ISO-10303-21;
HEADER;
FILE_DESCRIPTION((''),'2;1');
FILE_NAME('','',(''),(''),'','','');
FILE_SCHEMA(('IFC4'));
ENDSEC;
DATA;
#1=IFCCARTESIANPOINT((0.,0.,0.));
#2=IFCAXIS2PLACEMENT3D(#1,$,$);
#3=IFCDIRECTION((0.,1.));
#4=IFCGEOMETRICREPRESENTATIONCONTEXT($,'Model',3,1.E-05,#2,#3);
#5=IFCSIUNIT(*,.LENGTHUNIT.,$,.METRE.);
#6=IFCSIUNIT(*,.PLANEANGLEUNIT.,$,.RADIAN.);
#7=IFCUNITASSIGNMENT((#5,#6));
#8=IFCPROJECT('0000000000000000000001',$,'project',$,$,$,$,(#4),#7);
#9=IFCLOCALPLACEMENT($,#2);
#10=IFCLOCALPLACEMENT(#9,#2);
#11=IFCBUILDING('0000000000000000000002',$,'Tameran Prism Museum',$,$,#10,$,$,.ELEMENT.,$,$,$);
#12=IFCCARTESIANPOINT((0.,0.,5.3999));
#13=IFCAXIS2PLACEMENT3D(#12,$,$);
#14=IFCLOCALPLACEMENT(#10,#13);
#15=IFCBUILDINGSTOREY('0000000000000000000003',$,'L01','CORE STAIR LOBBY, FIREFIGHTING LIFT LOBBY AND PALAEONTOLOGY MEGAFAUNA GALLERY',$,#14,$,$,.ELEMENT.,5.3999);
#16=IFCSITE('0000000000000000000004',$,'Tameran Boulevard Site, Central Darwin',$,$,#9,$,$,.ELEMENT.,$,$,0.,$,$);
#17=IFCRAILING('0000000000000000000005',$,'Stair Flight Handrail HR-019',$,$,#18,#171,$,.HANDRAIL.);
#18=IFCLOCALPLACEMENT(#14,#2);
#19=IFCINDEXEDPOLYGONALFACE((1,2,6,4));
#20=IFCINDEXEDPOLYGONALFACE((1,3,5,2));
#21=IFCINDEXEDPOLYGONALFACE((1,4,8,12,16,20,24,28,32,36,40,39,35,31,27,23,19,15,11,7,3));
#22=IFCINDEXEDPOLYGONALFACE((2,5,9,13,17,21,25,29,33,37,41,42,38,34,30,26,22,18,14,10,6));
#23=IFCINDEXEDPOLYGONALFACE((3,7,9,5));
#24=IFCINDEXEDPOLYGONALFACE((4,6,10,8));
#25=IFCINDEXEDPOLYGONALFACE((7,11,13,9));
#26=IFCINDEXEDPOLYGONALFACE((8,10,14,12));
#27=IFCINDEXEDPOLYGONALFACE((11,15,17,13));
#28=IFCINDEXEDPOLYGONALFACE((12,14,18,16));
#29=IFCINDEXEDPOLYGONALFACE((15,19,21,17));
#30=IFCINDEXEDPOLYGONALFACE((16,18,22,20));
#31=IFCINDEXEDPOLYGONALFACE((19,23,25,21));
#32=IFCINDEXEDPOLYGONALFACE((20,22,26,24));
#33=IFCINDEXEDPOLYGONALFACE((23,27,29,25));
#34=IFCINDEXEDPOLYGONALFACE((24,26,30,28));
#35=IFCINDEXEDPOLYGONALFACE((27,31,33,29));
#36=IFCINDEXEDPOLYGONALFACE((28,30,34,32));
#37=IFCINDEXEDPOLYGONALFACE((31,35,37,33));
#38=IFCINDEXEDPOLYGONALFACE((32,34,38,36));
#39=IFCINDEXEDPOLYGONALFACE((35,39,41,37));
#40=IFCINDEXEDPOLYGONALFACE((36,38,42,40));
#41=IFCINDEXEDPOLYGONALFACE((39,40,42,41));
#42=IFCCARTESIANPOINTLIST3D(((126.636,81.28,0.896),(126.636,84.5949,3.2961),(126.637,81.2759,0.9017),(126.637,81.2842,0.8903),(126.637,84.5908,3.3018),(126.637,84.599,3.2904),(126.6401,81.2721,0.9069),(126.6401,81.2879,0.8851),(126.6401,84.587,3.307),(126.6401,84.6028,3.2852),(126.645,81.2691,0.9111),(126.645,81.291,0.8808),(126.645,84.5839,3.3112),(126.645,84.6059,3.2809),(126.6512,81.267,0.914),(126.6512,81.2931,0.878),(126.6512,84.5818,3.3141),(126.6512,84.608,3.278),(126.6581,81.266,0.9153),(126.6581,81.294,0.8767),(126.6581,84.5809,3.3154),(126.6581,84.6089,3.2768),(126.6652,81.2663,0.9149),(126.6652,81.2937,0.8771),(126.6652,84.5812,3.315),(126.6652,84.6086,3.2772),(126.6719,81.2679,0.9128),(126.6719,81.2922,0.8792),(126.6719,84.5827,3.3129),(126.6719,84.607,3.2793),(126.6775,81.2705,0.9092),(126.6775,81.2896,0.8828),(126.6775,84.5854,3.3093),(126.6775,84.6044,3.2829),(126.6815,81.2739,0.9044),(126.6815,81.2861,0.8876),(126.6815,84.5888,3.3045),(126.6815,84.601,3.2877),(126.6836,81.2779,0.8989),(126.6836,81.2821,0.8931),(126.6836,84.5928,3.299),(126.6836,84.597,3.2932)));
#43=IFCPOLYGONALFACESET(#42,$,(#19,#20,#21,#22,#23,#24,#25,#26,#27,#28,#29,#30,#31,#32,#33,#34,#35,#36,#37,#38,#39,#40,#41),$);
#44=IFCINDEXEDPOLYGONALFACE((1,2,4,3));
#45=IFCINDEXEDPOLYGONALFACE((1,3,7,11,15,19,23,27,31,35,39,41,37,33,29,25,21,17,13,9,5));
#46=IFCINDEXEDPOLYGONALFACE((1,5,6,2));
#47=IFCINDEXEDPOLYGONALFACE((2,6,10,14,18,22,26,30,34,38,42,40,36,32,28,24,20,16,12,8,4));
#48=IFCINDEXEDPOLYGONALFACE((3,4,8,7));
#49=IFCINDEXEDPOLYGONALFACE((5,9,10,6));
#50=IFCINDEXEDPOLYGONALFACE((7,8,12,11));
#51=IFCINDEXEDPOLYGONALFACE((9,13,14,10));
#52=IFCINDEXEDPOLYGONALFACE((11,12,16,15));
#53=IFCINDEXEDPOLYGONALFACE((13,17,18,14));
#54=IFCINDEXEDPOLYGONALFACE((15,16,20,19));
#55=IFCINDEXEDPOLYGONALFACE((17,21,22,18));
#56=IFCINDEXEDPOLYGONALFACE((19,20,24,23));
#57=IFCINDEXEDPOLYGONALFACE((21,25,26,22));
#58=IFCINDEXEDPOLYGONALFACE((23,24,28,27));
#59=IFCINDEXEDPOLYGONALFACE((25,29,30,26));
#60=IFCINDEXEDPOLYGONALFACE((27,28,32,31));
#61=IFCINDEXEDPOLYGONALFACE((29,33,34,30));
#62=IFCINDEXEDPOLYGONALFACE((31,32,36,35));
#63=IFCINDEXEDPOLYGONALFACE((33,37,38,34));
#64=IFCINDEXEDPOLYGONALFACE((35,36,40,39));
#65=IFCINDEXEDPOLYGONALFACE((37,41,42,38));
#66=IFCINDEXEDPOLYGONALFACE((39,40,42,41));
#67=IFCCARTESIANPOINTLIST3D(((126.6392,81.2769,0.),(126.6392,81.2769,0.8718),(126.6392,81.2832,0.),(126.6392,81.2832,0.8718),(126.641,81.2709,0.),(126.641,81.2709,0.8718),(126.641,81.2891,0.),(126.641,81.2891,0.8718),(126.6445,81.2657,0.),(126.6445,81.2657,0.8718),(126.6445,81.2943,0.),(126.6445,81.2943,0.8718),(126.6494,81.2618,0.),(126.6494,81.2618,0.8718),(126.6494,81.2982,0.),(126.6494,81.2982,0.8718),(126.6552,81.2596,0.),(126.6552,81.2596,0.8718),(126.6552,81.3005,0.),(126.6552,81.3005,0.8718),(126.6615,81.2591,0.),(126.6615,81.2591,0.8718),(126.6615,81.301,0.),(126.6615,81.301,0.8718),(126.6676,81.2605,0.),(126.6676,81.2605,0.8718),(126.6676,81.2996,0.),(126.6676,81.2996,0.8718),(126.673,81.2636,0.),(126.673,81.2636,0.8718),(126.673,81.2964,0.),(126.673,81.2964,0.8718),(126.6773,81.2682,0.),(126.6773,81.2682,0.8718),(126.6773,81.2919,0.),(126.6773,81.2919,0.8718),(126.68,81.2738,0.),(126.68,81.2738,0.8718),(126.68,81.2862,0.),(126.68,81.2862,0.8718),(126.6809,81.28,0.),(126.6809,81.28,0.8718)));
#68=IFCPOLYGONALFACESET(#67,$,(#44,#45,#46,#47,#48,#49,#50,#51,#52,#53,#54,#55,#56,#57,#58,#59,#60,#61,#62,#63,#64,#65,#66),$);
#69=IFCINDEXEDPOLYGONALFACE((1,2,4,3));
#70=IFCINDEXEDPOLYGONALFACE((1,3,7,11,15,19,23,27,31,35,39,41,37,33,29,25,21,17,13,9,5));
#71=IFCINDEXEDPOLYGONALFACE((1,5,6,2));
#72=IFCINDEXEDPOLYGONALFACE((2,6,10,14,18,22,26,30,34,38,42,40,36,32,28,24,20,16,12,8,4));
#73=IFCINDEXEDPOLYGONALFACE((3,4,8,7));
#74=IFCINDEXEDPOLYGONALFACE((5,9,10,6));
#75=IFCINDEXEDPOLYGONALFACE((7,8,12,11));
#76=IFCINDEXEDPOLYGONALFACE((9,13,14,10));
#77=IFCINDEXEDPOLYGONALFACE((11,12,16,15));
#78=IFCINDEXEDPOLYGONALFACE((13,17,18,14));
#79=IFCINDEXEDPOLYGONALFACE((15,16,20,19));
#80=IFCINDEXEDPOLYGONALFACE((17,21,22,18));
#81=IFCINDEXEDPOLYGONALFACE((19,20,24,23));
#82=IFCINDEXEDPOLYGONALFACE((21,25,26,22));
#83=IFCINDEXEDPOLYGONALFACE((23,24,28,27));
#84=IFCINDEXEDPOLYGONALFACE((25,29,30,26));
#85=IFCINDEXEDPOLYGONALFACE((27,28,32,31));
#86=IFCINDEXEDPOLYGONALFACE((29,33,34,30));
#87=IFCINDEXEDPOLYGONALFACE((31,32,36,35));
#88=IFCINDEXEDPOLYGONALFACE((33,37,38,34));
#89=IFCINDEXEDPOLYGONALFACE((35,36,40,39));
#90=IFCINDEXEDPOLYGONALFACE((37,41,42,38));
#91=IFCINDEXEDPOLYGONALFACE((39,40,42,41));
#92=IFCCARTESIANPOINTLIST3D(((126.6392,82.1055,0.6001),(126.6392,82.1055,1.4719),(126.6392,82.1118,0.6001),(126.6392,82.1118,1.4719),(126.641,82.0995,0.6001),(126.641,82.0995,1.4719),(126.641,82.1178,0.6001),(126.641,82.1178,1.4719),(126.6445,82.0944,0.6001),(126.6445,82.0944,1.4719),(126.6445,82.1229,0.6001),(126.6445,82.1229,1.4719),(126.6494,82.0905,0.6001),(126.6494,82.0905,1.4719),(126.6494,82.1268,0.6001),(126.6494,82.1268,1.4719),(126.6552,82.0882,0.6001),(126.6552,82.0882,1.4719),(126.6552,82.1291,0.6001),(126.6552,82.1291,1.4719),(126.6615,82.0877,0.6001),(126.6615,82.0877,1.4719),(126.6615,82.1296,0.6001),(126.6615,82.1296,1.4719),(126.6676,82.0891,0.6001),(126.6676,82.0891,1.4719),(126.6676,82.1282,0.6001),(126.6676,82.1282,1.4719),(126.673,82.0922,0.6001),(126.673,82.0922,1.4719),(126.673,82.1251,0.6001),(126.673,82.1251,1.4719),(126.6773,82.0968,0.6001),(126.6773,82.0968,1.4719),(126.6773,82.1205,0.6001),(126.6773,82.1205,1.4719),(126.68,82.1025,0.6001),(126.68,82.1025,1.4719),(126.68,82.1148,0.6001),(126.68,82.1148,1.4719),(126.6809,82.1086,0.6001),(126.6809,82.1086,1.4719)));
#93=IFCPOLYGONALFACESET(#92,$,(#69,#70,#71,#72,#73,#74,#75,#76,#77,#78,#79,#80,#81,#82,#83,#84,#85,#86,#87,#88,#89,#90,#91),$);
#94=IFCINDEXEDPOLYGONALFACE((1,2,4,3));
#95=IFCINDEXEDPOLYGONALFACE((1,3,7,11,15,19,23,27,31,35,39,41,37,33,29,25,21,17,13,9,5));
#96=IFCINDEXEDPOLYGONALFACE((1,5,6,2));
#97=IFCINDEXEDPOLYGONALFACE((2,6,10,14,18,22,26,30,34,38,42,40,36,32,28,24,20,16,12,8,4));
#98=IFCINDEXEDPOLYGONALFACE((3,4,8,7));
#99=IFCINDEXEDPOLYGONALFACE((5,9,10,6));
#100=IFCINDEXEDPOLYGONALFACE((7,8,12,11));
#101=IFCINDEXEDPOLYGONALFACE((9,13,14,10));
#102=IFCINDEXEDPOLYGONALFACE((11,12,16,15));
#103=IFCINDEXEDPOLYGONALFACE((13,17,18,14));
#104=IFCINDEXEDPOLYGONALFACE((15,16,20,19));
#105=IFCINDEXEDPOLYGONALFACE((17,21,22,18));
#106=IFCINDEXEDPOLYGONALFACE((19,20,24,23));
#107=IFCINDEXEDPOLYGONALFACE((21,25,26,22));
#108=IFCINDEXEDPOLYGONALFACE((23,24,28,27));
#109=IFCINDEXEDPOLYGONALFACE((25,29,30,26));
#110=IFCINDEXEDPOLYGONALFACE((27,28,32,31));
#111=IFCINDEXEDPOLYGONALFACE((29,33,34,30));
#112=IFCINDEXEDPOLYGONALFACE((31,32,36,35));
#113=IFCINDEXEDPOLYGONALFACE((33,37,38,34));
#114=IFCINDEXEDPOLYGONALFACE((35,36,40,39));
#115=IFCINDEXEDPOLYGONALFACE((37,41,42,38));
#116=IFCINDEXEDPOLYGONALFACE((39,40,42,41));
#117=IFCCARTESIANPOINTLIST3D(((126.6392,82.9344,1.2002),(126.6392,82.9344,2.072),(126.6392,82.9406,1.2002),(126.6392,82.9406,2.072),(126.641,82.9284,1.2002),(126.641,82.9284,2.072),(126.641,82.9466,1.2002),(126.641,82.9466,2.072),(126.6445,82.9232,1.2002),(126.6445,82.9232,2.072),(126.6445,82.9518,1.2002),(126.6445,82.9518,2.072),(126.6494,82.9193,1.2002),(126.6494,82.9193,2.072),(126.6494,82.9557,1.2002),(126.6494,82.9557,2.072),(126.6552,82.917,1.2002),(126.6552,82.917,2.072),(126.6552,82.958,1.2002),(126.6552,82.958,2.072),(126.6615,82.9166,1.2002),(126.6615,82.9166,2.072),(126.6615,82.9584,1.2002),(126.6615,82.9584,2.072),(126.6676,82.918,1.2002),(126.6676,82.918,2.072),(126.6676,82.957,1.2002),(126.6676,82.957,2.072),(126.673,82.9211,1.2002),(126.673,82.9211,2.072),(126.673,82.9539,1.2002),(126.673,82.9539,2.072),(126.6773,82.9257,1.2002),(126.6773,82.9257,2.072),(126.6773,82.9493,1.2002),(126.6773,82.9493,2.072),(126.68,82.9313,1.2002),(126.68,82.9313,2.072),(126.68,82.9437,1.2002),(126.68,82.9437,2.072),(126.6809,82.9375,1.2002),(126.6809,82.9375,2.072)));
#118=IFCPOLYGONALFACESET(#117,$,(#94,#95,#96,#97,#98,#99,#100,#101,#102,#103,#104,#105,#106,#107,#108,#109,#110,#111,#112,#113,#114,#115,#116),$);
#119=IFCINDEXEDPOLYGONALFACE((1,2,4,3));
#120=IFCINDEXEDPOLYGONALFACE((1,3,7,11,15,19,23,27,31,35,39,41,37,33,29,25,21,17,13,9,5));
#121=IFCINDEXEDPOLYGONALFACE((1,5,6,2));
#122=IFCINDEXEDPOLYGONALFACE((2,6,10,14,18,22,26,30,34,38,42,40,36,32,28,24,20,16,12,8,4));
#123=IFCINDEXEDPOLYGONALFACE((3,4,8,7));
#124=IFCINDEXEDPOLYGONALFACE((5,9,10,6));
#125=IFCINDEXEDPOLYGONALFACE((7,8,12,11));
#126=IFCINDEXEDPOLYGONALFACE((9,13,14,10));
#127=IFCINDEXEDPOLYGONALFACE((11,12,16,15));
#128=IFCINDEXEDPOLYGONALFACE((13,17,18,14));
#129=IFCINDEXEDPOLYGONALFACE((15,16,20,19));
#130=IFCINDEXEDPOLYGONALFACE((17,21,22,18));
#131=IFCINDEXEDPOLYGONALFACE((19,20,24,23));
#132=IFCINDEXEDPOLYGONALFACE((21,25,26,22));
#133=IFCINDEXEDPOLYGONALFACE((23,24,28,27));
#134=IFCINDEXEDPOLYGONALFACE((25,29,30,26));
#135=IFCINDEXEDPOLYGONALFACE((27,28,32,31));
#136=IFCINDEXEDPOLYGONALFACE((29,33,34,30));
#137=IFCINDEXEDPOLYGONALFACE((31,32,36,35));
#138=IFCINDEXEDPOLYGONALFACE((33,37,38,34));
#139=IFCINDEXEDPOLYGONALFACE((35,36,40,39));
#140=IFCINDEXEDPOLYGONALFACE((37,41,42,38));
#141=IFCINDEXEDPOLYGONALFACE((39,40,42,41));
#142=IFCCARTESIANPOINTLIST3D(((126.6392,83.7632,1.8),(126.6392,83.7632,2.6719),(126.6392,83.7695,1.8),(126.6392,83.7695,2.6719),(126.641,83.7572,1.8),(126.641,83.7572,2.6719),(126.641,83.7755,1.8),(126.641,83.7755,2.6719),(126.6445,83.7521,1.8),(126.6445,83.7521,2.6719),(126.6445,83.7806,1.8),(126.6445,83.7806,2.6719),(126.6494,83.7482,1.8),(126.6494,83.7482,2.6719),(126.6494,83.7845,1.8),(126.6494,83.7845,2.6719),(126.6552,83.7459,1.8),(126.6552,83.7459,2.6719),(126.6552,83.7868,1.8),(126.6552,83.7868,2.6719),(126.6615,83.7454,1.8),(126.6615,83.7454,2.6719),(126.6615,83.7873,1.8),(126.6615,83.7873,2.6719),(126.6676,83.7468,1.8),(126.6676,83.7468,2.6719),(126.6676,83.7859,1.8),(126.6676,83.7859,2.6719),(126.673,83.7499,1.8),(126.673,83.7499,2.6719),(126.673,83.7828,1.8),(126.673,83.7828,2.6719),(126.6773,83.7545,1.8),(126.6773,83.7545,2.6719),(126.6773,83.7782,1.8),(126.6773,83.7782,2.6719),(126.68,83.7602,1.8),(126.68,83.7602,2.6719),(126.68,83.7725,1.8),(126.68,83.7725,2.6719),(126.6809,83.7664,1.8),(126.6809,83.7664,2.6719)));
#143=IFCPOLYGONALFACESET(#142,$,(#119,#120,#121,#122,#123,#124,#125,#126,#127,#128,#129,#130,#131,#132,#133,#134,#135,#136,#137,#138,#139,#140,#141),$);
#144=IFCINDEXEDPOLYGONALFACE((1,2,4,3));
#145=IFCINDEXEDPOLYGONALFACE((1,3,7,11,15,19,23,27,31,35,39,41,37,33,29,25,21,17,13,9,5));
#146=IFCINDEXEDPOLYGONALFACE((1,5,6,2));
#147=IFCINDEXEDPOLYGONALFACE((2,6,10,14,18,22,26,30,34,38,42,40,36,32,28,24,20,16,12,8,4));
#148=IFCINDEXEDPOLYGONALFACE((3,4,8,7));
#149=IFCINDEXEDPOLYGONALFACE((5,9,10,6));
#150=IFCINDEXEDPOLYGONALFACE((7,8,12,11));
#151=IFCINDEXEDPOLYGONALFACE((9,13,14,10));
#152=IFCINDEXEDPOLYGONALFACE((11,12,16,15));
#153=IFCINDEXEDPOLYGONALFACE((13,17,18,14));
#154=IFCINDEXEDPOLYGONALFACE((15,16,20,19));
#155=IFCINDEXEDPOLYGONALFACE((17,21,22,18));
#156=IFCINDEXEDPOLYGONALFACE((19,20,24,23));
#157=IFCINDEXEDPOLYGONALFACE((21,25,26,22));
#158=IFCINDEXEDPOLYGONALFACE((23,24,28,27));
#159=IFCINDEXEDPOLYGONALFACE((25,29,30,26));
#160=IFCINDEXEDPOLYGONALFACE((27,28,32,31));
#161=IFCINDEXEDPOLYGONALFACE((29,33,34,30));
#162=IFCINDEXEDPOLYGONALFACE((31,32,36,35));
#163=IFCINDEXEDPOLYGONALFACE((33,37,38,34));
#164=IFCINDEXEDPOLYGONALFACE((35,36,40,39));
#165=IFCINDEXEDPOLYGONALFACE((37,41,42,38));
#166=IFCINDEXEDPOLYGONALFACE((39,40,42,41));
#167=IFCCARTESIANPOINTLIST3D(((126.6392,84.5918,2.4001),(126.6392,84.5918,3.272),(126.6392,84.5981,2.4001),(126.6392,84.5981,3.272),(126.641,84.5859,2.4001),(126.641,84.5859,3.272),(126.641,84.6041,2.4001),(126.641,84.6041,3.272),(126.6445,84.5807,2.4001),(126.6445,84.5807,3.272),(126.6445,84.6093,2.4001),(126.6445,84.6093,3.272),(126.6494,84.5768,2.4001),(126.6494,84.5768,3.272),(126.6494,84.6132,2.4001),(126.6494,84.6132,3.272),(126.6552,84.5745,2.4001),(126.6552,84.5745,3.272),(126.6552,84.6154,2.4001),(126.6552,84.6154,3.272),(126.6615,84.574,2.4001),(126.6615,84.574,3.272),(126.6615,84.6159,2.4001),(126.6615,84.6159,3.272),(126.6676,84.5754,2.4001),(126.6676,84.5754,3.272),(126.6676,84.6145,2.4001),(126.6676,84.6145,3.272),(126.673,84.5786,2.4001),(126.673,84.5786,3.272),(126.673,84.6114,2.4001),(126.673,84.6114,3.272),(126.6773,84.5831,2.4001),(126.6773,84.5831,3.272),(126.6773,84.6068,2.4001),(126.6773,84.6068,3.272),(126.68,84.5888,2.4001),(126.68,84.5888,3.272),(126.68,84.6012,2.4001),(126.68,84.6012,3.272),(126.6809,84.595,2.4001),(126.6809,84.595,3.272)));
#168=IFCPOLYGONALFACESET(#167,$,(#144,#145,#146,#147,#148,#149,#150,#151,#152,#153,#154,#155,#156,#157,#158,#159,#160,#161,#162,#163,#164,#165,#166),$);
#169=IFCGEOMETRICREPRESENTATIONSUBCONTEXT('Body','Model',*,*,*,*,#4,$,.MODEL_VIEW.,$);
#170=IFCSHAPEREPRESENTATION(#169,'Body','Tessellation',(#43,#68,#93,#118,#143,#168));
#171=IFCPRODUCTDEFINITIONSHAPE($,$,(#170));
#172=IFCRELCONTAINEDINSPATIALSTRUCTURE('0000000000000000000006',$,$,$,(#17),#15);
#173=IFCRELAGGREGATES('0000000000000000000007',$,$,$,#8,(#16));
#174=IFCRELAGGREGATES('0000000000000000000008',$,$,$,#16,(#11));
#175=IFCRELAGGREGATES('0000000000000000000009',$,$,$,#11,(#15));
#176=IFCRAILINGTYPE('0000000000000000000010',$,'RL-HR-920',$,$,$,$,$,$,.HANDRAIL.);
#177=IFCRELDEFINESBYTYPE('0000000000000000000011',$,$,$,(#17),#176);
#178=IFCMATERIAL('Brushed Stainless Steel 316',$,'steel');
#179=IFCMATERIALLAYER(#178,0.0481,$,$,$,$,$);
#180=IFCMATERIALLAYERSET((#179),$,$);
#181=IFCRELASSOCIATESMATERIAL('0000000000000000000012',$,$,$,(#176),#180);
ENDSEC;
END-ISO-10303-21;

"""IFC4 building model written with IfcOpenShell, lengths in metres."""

from ifc_helpers import new_model, si_unit, direction, frame, origin, origin_2d, place, context, subcontext, project, spatial, circle, extrude, material, layer, layer_set, type_object, element, save


model = new_model("IFC4")

# Units and contexts
model_context = context("Model", 3, precision=1e-05, world=origin(), true_north=direction((0.0, 1.0)))
body_context = subcontext(model_context, "Body", "Model", "MODEL_VIEW")
ifc_project = project(units=[si_unit("LENGTHUNIT", "METRE"), si_unit("PLANEANGLEUNIT", "RADIAN")], contexts=[model_context])

# Site, building, storey
site_placement = place(None, origin())
site = spatial("IfcSite", under=ifc_project, at=site_placement, Name="Tameran Boulevard Site, Central Darwin", CompositionType="ELEMENT", RefElevation=0.0)
building_placement = place(site_placement, origin())
building = spatial("IfcBuilding", under=site, at=building_placement, Name="Tameran Prism Museum", CompositionType="ELEMENT")
storey_placement = place(building_placement, frame((0.0, 0.0, 5.3999)))
storey = spatial("IfcBuildingStorey", under=building, at=storey_placement, Name="L01", Description="CORE STAIR LOBBY, FIREFIGHTING LIFT LOBBY AND PALAEONTOLOGY MEGAFAUNA GALLERY", CompositionType="ELEMENT", Elevation=5.3999)

# Railing
ifc_material_1 = material(Name="Brushed Stainless Steel 316", Category="steel")
ifc_layer_1 = layer(ifc_material_1, 0.0481)
ifc_layer_set_1 = layer_set([ifc_layer_1])
railing_type_1 = type_object("IfcRailingType", Name="RL-HR-920", PredefinedType="HANDRAIL", material=ifc_layer_set_1)
railing_1_placement = place(storey_placement, frame((126.6599, 81.28, 0.0)))
element("IfcRailing", 1, at=railing_1_placement, inside=storey, type_object=railing_type_1, Name="Stair Flight Handrail HR-019", PredefinedType="HANDRAIL", context=body_context, shape_type="SweptSolid", body=[
    extrude(circle(Radius=0.0239, at=origin_2d()), frame((0.0, 0.0, 0.896), z_axis=(0.0, 0.80998, 0.586457), x_axis=(-1.0, 0.0, 0.0)), (0.0, 0.0, 1.0), 4.0925),
    extrude(circle(Radius=0.021, at=origin_2d()), origin(), (0.0, 0.0, 1.0), 0.8718),
    extrude(circle(Radius=0.021, at=origin_2d()), frame((0.0, 0.8286, 0.6001)), (0.0, 0.0, 1.0), 0.8718),
    extrude(circle(Radius=0.021, at=origin_2d()), frame((0.0, 1.6575, 1.2002)), (0.0, 0.0, 1.0), 0.8718),
    extrude(circle(Radius=0.021, at=origin_2d()), frame((0.0, 2.4863, 1.8)), (0.0, 0.0, 1.0), 0.8718),
    extrude(circle(Radius=0.021, at=origin_2d()), frame((0.0, 3.3149, 2.4001)), (0.0, 0.0, 1.0), 0.8718),
])

save(model, "model.ifc")
